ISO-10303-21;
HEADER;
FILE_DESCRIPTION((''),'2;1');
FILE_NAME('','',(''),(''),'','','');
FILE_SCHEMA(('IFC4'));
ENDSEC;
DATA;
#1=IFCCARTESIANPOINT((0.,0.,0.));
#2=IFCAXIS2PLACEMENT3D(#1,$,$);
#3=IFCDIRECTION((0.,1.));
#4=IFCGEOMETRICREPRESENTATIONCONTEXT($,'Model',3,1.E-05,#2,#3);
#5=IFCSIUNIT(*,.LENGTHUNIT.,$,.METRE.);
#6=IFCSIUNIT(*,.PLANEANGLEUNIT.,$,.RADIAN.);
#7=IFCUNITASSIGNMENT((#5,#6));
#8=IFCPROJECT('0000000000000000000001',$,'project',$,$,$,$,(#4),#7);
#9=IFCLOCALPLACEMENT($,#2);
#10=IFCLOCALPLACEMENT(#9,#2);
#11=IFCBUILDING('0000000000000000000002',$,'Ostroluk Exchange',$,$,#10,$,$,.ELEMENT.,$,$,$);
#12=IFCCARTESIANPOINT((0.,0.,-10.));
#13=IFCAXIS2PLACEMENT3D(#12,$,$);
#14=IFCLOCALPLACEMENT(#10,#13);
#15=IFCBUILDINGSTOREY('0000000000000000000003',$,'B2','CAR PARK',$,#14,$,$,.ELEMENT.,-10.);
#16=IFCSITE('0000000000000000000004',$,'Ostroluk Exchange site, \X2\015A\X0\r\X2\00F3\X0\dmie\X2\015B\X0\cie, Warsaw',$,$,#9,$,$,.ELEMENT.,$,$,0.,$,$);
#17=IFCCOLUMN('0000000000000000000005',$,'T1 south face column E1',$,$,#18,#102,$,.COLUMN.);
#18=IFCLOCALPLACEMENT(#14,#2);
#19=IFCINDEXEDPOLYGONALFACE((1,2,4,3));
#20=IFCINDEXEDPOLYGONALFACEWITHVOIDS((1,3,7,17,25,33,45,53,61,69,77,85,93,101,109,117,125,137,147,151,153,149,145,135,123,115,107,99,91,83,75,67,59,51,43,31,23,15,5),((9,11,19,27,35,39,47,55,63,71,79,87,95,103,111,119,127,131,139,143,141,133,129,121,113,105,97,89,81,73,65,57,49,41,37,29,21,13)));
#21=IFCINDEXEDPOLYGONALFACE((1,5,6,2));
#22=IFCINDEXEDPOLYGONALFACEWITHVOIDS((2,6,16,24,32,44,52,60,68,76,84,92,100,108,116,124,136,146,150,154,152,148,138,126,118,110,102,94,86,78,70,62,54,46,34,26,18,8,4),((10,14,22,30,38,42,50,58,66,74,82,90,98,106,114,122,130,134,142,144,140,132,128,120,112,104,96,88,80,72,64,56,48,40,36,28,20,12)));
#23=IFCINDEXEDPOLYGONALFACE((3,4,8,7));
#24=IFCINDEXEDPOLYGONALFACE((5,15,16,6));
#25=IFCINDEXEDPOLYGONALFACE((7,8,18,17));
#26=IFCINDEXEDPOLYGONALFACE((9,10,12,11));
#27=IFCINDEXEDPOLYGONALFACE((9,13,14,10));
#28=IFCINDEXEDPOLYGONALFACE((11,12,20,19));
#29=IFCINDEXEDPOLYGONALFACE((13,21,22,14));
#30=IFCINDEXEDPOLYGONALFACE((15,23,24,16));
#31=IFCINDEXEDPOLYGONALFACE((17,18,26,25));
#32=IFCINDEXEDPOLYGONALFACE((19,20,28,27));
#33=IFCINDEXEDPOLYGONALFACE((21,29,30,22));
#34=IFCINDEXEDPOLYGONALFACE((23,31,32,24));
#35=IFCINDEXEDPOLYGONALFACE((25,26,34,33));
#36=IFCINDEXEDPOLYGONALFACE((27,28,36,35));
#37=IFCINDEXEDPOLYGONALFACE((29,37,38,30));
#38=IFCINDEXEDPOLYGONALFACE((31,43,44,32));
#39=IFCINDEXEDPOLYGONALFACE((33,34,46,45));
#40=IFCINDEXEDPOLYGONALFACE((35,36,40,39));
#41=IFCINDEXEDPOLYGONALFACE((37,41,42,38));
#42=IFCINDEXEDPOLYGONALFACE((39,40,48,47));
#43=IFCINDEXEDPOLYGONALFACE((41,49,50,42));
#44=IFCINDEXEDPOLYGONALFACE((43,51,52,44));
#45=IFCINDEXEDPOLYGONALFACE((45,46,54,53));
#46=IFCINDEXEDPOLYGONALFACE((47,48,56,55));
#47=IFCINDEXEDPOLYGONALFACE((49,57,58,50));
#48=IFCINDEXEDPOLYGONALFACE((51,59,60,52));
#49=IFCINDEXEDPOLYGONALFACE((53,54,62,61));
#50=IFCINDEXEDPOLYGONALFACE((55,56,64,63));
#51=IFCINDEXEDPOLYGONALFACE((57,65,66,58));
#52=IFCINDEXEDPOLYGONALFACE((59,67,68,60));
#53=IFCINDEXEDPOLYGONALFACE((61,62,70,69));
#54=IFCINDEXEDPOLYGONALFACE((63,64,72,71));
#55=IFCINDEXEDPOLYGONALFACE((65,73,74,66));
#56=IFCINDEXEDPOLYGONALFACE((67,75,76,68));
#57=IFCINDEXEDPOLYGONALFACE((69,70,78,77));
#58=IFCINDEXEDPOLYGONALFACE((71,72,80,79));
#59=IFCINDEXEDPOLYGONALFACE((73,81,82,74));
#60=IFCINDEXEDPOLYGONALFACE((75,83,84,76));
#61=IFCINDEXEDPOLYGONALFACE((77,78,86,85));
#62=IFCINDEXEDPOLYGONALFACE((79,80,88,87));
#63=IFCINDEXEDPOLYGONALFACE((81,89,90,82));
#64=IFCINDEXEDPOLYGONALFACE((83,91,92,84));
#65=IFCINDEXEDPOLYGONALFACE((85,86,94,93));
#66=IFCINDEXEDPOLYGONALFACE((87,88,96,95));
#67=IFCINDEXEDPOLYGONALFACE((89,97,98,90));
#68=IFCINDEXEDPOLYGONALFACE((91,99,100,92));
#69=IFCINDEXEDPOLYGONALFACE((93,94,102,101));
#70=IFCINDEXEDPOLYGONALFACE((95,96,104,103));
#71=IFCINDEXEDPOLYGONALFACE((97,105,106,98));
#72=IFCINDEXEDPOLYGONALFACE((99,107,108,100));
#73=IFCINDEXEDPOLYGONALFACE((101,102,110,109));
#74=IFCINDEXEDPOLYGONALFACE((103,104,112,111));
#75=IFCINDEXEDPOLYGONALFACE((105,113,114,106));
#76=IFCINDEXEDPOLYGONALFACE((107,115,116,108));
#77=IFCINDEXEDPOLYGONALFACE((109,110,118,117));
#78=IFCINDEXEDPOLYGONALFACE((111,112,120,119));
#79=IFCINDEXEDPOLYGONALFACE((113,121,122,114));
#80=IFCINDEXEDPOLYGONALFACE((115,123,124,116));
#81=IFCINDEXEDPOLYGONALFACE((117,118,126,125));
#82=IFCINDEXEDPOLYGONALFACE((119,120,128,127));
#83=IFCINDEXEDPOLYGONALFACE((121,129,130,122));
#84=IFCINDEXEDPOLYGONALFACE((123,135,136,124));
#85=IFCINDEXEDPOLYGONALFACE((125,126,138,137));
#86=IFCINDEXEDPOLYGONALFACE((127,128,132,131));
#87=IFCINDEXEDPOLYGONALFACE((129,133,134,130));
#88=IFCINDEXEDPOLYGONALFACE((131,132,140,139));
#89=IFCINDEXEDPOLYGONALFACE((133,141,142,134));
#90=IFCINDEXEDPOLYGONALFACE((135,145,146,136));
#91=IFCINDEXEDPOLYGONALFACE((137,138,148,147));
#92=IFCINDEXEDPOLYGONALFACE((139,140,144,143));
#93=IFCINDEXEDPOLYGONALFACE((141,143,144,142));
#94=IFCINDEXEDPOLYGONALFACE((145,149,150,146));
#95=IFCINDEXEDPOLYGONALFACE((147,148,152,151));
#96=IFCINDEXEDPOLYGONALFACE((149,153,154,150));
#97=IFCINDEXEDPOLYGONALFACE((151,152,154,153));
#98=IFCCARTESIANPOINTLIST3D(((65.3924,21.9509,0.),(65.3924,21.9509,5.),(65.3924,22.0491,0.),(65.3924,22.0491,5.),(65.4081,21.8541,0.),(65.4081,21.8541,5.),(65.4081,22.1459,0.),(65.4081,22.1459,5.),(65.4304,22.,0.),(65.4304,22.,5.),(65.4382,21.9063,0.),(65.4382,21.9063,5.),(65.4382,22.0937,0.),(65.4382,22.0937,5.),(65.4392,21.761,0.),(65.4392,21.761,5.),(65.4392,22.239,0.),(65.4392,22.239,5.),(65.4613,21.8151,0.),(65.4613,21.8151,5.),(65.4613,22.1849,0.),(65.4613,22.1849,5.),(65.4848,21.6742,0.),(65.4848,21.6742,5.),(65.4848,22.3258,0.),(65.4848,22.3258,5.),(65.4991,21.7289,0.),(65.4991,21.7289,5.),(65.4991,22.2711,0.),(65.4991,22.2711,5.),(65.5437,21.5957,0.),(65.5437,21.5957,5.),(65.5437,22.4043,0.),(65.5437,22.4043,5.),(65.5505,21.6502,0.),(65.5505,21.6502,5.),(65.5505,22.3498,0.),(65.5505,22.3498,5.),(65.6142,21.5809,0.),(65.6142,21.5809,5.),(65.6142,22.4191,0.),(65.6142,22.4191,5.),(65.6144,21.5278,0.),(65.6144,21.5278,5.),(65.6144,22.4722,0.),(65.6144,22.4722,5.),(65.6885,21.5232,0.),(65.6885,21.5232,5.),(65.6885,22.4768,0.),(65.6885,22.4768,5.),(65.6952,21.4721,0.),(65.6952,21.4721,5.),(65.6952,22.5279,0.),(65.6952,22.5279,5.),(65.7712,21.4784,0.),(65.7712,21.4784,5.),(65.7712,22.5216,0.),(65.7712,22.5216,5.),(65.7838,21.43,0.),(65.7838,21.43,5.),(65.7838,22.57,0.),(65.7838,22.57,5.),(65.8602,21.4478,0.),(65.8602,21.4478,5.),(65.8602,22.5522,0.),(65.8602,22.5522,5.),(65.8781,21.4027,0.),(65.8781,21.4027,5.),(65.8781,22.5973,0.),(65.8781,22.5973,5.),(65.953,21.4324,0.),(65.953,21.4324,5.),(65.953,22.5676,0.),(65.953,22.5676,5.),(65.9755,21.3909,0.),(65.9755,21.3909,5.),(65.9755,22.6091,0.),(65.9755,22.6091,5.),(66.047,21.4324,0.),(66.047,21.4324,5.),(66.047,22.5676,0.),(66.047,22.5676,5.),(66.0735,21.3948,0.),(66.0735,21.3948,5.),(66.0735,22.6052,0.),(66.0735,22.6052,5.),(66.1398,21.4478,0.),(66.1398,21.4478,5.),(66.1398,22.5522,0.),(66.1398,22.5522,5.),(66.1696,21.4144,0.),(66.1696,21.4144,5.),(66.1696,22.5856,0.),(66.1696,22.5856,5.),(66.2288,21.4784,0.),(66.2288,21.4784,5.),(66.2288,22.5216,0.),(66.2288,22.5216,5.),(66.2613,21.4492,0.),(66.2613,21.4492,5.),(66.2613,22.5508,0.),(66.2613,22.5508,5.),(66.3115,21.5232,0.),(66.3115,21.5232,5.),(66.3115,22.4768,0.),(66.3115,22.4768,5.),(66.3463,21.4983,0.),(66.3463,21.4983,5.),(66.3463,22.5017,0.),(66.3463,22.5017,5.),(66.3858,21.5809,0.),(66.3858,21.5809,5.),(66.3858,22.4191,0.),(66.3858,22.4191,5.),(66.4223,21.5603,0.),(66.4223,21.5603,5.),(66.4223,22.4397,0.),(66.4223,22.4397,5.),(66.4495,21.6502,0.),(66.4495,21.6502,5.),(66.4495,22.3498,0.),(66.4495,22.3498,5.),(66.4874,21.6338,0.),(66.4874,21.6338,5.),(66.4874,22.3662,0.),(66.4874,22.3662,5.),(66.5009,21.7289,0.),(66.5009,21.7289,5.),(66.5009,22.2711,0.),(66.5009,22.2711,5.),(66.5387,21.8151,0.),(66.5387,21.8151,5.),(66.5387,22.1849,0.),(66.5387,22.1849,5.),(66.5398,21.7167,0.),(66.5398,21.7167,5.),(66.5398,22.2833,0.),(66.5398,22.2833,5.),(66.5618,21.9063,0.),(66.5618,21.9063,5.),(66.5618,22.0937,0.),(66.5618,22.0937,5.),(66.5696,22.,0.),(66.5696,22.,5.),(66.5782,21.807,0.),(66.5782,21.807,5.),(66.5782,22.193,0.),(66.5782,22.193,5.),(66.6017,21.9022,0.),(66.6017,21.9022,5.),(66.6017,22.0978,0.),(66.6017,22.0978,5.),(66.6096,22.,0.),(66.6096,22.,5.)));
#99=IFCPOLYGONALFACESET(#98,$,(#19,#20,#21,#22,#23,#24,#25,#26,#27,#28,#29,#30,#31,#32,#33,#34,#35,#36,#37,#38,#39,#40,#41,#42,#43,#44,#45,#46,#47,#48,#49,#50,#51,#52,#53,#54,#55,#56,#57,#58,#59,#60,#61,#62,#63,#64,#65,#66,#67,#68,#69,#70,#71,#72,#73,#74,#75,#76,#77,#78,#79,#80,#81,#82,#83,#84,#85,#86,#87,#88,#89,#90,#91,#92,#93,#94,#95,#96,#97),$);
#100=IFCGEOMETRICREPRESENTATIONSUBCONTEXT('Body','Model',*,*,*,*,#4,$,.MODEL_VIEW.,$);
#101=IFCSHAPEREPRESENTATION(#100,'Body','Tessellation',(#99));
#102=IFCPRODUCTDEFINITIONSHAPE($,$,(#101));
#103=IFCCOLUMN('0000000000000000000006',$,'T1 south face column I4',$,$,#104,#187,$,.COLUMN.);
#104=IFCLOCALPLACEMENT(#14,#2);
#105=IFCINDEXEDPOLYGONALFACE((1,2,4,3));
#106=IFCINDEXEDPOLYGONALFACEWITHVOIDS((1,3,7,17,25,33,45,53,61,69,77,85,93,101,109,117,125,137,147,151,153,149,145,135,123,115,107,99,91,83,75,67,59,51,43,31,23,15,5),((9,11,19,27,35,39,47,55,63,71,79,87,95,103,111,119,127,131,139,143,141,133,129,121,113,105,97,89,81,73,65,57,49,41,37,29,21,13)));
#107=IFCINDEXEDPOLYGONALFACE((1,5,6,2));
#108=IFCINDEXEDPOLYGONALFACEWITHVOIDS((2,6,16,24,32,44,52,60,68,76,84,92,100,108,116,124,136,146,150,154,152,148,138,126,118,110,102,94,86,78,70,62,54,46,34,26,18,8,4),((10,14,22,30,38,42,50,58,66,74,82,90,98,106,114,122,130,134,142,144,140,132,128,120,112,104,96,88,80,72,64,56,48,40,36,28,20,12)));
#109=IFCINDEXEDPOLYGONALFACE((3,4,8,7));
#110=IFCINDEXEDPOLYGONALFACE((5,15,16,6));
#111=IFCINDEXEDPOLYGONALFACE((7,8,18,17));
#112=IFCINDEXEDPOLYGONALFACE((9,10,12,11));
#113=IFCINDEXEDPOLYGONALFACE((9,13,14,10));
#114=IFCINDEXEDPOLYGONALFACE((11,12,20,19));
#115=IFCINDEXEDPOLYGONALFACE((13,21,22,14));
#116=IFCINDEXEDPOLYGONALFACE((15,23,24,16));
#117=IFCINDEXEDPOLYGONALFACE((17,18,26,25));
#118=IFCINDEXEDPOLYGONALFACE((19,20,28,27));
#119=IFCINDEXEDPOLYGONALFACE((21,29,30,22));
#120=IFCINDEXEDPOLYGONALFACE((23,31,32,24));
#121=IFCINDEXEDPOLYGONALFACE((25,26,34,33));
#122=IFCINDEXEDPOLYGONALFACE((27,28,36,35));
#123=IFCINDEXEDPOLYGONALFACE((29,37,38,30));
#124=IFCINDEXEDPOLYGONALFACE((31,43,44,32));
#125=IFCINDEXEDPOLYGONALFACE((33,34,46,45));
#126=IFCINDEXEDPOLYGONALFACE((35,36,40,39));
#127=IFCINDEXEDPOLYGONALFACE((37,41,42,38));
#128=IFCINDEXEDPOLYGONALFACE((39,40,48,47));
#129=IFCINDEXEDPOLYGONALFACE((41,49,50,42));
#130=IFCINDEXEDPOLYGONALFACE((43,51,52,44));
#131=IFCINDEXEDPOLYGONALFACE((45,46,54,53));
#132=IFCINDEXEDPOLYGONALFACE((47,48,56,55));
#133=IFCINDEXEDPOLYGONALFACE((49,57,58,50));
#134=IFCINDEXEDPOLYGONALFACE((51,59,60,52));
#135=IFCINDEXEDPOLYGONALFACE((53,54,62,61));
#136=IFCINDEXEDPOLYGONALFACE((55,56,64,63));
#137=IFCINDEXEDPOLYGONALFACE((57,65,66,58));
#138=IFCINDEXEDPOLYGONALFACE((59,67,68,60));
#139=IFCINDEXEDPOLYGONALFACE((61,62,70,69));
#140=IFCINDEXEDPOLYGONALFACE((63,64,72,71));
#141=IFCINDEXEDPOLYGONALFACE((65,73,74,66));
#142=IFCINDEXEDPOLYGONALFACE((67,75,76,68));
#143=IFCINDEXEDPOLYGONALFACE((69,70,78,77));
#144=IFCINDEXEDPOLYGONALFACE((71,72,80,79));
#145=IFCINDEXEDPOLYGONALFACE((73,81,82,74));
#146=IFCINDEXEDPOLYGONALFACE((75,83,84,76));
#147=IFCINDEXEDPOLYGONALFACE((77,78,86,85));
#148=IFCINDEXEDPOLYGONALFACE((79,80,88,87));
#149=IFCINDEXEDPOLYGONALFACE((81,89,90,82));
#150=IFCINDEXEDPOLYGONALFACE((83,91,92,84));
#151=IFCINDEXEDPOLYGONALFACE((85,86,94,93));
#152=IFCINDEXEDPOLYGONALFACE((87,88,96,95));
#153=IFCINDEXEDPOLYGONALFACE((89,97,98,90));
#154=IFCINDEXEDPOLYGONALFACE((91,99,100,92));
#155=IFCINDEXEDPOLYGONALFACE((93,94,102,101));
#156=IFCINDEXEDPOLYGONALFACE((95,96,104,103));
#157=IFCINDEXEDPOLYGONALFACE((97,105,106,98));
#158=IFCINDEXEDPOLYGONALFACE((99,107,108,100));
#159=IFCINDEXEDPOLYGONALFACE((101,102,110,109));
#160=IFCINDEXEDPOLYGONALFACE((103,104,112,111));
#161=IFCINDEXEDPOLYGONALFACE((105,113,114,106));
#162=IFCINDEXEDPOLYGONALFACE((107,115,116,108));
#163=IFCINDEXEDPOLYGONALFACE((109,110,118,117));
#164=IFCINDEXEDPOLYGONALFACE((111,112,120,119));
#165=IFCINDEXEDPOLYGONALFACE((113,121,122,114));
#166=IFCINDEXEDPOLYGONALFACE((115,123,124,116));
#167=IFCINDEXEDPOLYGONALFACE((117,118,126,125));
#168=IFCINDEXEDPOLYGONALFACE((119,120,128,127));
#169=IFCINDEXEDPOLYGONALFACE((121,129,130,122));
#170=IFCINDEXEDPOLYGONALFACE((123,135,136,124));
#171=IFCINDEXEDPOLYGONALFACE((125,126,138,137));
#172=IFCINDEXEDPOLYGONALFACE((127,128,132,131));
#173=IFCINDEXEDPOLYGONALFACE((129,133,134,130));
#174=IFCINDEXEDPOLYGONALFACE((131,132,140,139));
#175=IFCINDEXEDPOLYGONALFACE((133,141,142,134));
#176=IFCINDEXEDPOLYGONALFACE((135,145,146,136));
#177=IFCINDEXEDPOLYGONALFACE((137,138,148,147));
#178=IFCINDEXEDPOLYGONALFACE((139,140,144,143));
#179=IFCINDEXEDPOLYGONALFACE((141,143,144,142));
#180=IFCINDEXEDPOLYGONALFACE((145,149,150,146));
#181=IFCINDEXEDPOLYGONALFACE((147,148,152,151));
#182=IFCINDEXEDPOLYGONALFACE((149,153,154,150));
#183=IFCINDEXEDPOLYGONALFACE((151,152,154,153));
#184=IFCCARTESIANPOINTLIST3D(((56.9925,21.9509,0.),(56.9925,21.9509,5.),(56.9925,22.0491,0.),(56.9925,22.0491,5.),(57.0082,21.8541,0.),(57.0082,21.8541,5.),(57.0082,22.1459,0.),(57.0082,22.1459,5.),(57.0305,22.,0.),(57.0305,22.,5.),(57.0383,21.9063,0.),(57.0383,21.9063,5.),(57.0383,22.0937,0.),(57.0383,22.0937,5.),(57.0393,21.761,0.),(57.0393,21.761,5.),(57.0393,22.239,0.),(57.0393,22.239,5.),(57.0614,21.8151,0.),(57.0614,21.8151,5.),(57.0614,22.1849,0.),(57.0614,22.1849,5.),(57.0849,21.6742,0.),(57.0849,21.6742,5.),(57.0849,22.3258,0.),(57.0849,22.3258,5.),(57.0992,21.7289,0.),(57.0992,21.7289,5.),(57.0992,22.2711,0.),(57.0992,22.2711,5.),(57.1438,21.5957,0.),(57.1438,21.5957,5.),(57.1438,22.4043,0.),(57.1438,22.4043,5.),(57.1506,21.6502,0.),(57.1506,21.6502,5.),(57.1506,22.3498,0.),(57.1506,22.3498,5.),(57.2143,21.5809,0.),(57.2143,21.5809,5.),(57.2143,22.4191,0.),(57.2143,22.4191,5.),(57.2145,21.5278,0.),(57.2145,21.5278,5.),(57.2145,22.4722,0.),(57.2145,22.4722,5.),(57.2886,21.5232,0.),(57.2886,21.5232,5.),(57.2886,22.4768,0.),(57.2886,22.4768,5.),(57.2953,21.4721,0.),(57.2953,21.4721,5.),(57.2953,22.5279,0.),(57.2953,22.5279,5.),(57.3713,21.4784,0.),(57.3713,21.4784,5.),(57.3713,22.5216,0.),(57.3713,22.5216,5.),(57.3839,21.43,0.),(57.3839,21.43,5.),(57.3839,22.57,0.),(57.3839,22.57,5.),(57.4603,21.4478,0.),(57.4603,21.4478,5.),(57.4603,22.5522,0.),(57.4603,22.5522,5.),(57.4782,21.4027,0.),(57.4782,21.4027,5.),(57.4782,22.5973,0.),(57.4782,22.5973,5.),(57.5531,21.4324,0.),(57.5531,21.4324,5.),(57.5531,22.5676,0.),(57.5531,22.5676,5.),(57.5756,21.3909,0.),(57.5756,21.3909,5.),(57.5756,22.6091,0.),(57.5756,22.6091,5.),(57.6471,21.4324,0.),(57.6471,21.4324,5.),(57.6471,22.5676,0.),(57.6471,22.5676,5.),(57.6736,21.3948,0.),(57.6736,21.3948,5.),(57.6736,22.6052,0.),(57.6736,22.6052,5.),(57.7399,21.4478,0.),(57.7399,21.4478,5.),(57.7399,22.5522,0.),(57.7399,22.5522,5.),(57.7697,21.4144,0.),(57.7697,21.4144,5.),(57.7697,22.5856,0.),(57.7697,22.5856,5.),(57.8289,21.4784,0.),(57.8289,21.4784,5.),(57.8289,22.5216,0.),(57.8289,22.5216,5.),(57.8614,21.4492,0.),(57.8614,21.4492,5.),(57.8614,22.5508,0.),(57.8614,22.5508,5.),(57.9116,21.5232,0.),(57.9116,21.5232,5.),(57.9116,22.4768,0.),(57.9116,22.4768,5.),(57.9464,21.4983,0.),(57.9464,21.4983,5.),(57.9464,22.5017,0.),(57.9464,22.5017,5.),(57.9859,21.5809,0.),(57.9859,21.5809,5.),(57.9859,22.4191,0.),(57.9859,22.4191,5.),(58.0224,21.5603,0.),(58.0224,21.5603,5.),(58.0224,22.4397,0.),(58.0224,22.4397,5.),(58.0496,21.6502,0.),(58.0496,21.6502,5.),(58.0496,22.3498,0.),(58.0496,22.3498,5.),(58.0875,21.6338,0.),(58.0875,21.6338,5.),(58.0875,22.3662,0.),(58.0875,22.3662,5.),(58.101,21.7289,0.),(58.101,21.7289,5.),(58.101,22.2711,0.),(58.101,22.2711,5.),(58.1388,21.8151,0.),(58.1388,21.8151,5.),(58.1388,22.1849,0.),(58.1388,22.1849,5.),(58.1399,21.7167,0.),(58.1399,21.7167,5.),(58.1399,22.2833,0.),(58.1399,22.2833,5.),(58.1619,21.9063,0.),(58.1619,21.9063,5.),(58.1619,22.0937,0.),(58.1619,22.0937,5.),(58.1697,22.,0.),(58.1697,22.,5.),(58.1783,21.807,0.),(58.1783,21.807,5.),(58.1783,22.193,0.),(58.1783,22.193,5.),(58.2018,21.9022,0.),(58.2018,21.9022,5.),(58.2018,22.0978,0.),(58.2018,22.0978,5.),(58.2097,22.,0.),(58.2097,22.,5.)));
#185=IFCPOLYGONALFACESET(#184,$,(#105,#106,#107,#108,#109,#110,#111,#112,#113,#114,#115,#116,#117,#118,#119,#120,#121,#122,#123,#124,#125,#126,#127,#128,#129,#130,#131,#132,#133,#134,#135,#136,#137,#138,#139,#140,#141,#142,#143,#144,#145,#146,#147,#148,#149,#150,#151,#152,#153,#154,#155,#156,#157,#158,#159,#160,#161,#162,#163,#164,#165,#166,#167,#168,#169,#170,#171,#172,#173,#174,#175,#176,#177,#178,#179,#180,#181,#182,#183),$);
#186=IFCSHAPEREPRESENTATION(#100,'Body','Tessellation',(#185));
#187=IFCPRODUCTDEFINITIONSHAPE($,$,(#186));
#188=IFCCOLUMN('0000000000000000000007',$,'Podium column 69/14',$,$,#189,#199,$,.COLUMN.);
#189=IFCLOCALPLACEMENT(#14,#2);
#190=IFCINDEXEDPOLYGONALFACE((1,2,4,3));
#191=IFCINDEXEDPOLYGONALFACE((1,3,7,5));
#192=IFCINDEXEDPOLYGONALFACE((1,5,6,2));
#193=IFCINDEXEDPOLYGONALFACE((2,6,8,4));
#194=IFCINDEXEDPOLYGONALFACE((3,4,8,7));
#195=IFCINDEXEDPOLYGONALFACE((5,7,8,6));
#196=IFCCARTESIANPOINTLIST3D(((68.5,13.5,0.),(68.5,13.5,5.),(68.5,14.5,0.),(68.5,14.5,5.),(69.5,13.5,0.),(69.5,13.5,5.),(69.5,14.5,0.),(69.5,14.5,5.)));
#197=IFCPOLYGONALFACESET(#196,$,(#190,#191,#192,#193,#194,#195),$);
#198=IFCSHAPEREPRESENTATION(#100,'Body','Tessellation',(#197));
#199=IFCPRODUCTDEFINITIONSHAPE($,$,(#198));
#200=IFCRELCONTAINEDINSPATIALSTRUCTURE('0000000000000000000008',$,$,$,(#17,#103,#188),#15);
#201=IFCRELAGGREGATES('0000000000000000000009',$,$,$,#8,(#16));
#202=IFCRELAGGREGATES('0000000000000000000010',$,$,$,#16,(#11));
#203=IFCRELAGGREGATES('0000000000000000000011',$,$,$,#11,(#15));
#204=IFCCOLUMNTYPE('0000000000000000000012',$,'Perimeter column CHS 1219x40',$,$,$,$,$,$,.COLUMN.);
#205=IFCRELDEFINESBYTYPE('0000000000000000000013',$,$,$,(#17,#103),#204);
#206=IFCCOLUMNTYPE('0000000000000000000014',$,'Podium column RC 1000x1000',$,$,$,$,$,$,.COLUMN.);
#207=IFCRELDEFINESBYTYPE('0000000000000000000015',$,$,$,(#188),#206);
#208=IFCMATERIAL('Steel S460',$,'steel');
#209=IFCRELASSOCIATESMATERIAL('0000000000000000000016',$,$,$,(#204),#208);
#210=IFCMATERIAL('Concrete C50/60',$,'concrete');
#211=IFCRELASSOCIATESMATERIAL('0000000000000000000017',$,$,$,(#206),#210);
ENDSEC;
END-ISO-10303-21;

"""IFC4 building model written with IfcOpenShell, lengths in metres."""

from ifc_helpers import new_model, si_unit, direction, frame, origin, origin_2d, place, context, subcontext, project, spatial, rectangle, hollow_circle, extrude, material, material_profile, profile_set, type_object, element, save


model = new_model("IFC4")

# Units and contexts
model_context = context("Model", 3, precision=1e-05, world=origin(), true_north=direction((0.0, 1.0)))
body_context = subcontext(model_context, "Body", "Model", "MODEL_VIEW")
ifc_project = project(units=[si_unit("LENGTHUNIT", "METRE"), si_unit("PLANEANGLEUNIT", "RADIAN")], contexts=[model_context])

# Site, building, storey
site_placement = place(None, origin())
site = spatial("IfcSite", under=ifc_project, at=site_placement, Name="Ostroluk Exchange site, Śródmieście, Warsaw", CompositionType="ELEMENT", RefElevation=0.0)
building_placement = place(site_placement, origin())
building = spatial("IfcBuilding", under=site, at=building_placement, Name="Ostroluk Exchange", CompositionType="ELEMENT")
storey_placement = place(building_placement, frame((0.0, 0.0, -10.0)))
storey = spatial("IfcBuildingStorey", under=building, at=storey_placement, Name="B2", Description="CAR PARK", CompositionType="ELEMENT", Elevation=-10.0)

# Columns
ifc_material_1 = material(Name="Steel S460", Category="steel")
ifc_material_profile_1 = material_profile(ifc_material_1, hollow_circle(Radius=0.6096, WallThickness=0.04, at=origin_2d()), Name="CHS 1219x40")
ifc_profile_set_1 = profile_set([ifc_material_profile_1], Name="Steel S460")
column_type_1 = type_object("IfcColumnType", Name="Perimeter column CHS 1219x40", PredefinedType="COLUMN", material=ifc_profile_set_1)
for number, where, z_axis, x_axis, name in (
    (1, (66.0, 22.0, 0.0), (0.0, 0.0, 1.0), (1.0, 0.0, 0.0), "T1 south face column E1"),
    (2, (57.6001, 22.0, 0.0), (0.0, 0.0, 1.0), (1.0, 0.0, 0.0), "T1 south face column I4"),
):
    element("IfcColumn", number, at=place(storey_placement, frame(where, z_axis=z_axis, x_axis=x_axis)), inside=storey, type_object=column_type_1, Name=name, PredefinedType="COLUMN", context=body_context, shape_type="SweptSolid", body=[
        extrude(hollow_circle(Radius=0.6096, WallThickness=0.04, at=origin_2d()), origin(), (0.0, 0.0, 1.0), 5.0),
    ])
ifc_material_2 = material(Name="Concrete C50/60", Category="concrete")
ifc_material_profile_2 = material_profile(ifc_material_2, rectangle(XDim=1.0, YDim=1.0, at=origin_2d()), Name="RC 1000x1000")
ifc_profile_set_2 = profile_set([ifc_material_profile_2], Name="Concrete C50/60")
column_type_2 = type_object("IfcColumnType", Name="Podium column RC 1000x1000", PredefinedType="COLUMN", material=ifc_profile_set_2)
for number, where, z_axis, x_axis, name in (
    (3, (69.0, 14.0, 0.0), (0.0, 0.0, 1.0), (1.0, 0.0, 0.0), "Podium column 69/14"),
):
    element("IfcColumn", number, at=place(storey_placement, frame(where, z_axis=z_axis, x_axis=x_axis)), inside=storey, type_object=column_type_2, Name=name, PredefinedType="COLUMN", context=body_context, shape_type="SweptSolid", body=[
        extrude(rectangle(XDim=1.0, YDim=1.0, at=origin_2d()), origin(), (0.0, 0.0, 1.0), 5.0),
    ])

save(model, "model.ifc")
